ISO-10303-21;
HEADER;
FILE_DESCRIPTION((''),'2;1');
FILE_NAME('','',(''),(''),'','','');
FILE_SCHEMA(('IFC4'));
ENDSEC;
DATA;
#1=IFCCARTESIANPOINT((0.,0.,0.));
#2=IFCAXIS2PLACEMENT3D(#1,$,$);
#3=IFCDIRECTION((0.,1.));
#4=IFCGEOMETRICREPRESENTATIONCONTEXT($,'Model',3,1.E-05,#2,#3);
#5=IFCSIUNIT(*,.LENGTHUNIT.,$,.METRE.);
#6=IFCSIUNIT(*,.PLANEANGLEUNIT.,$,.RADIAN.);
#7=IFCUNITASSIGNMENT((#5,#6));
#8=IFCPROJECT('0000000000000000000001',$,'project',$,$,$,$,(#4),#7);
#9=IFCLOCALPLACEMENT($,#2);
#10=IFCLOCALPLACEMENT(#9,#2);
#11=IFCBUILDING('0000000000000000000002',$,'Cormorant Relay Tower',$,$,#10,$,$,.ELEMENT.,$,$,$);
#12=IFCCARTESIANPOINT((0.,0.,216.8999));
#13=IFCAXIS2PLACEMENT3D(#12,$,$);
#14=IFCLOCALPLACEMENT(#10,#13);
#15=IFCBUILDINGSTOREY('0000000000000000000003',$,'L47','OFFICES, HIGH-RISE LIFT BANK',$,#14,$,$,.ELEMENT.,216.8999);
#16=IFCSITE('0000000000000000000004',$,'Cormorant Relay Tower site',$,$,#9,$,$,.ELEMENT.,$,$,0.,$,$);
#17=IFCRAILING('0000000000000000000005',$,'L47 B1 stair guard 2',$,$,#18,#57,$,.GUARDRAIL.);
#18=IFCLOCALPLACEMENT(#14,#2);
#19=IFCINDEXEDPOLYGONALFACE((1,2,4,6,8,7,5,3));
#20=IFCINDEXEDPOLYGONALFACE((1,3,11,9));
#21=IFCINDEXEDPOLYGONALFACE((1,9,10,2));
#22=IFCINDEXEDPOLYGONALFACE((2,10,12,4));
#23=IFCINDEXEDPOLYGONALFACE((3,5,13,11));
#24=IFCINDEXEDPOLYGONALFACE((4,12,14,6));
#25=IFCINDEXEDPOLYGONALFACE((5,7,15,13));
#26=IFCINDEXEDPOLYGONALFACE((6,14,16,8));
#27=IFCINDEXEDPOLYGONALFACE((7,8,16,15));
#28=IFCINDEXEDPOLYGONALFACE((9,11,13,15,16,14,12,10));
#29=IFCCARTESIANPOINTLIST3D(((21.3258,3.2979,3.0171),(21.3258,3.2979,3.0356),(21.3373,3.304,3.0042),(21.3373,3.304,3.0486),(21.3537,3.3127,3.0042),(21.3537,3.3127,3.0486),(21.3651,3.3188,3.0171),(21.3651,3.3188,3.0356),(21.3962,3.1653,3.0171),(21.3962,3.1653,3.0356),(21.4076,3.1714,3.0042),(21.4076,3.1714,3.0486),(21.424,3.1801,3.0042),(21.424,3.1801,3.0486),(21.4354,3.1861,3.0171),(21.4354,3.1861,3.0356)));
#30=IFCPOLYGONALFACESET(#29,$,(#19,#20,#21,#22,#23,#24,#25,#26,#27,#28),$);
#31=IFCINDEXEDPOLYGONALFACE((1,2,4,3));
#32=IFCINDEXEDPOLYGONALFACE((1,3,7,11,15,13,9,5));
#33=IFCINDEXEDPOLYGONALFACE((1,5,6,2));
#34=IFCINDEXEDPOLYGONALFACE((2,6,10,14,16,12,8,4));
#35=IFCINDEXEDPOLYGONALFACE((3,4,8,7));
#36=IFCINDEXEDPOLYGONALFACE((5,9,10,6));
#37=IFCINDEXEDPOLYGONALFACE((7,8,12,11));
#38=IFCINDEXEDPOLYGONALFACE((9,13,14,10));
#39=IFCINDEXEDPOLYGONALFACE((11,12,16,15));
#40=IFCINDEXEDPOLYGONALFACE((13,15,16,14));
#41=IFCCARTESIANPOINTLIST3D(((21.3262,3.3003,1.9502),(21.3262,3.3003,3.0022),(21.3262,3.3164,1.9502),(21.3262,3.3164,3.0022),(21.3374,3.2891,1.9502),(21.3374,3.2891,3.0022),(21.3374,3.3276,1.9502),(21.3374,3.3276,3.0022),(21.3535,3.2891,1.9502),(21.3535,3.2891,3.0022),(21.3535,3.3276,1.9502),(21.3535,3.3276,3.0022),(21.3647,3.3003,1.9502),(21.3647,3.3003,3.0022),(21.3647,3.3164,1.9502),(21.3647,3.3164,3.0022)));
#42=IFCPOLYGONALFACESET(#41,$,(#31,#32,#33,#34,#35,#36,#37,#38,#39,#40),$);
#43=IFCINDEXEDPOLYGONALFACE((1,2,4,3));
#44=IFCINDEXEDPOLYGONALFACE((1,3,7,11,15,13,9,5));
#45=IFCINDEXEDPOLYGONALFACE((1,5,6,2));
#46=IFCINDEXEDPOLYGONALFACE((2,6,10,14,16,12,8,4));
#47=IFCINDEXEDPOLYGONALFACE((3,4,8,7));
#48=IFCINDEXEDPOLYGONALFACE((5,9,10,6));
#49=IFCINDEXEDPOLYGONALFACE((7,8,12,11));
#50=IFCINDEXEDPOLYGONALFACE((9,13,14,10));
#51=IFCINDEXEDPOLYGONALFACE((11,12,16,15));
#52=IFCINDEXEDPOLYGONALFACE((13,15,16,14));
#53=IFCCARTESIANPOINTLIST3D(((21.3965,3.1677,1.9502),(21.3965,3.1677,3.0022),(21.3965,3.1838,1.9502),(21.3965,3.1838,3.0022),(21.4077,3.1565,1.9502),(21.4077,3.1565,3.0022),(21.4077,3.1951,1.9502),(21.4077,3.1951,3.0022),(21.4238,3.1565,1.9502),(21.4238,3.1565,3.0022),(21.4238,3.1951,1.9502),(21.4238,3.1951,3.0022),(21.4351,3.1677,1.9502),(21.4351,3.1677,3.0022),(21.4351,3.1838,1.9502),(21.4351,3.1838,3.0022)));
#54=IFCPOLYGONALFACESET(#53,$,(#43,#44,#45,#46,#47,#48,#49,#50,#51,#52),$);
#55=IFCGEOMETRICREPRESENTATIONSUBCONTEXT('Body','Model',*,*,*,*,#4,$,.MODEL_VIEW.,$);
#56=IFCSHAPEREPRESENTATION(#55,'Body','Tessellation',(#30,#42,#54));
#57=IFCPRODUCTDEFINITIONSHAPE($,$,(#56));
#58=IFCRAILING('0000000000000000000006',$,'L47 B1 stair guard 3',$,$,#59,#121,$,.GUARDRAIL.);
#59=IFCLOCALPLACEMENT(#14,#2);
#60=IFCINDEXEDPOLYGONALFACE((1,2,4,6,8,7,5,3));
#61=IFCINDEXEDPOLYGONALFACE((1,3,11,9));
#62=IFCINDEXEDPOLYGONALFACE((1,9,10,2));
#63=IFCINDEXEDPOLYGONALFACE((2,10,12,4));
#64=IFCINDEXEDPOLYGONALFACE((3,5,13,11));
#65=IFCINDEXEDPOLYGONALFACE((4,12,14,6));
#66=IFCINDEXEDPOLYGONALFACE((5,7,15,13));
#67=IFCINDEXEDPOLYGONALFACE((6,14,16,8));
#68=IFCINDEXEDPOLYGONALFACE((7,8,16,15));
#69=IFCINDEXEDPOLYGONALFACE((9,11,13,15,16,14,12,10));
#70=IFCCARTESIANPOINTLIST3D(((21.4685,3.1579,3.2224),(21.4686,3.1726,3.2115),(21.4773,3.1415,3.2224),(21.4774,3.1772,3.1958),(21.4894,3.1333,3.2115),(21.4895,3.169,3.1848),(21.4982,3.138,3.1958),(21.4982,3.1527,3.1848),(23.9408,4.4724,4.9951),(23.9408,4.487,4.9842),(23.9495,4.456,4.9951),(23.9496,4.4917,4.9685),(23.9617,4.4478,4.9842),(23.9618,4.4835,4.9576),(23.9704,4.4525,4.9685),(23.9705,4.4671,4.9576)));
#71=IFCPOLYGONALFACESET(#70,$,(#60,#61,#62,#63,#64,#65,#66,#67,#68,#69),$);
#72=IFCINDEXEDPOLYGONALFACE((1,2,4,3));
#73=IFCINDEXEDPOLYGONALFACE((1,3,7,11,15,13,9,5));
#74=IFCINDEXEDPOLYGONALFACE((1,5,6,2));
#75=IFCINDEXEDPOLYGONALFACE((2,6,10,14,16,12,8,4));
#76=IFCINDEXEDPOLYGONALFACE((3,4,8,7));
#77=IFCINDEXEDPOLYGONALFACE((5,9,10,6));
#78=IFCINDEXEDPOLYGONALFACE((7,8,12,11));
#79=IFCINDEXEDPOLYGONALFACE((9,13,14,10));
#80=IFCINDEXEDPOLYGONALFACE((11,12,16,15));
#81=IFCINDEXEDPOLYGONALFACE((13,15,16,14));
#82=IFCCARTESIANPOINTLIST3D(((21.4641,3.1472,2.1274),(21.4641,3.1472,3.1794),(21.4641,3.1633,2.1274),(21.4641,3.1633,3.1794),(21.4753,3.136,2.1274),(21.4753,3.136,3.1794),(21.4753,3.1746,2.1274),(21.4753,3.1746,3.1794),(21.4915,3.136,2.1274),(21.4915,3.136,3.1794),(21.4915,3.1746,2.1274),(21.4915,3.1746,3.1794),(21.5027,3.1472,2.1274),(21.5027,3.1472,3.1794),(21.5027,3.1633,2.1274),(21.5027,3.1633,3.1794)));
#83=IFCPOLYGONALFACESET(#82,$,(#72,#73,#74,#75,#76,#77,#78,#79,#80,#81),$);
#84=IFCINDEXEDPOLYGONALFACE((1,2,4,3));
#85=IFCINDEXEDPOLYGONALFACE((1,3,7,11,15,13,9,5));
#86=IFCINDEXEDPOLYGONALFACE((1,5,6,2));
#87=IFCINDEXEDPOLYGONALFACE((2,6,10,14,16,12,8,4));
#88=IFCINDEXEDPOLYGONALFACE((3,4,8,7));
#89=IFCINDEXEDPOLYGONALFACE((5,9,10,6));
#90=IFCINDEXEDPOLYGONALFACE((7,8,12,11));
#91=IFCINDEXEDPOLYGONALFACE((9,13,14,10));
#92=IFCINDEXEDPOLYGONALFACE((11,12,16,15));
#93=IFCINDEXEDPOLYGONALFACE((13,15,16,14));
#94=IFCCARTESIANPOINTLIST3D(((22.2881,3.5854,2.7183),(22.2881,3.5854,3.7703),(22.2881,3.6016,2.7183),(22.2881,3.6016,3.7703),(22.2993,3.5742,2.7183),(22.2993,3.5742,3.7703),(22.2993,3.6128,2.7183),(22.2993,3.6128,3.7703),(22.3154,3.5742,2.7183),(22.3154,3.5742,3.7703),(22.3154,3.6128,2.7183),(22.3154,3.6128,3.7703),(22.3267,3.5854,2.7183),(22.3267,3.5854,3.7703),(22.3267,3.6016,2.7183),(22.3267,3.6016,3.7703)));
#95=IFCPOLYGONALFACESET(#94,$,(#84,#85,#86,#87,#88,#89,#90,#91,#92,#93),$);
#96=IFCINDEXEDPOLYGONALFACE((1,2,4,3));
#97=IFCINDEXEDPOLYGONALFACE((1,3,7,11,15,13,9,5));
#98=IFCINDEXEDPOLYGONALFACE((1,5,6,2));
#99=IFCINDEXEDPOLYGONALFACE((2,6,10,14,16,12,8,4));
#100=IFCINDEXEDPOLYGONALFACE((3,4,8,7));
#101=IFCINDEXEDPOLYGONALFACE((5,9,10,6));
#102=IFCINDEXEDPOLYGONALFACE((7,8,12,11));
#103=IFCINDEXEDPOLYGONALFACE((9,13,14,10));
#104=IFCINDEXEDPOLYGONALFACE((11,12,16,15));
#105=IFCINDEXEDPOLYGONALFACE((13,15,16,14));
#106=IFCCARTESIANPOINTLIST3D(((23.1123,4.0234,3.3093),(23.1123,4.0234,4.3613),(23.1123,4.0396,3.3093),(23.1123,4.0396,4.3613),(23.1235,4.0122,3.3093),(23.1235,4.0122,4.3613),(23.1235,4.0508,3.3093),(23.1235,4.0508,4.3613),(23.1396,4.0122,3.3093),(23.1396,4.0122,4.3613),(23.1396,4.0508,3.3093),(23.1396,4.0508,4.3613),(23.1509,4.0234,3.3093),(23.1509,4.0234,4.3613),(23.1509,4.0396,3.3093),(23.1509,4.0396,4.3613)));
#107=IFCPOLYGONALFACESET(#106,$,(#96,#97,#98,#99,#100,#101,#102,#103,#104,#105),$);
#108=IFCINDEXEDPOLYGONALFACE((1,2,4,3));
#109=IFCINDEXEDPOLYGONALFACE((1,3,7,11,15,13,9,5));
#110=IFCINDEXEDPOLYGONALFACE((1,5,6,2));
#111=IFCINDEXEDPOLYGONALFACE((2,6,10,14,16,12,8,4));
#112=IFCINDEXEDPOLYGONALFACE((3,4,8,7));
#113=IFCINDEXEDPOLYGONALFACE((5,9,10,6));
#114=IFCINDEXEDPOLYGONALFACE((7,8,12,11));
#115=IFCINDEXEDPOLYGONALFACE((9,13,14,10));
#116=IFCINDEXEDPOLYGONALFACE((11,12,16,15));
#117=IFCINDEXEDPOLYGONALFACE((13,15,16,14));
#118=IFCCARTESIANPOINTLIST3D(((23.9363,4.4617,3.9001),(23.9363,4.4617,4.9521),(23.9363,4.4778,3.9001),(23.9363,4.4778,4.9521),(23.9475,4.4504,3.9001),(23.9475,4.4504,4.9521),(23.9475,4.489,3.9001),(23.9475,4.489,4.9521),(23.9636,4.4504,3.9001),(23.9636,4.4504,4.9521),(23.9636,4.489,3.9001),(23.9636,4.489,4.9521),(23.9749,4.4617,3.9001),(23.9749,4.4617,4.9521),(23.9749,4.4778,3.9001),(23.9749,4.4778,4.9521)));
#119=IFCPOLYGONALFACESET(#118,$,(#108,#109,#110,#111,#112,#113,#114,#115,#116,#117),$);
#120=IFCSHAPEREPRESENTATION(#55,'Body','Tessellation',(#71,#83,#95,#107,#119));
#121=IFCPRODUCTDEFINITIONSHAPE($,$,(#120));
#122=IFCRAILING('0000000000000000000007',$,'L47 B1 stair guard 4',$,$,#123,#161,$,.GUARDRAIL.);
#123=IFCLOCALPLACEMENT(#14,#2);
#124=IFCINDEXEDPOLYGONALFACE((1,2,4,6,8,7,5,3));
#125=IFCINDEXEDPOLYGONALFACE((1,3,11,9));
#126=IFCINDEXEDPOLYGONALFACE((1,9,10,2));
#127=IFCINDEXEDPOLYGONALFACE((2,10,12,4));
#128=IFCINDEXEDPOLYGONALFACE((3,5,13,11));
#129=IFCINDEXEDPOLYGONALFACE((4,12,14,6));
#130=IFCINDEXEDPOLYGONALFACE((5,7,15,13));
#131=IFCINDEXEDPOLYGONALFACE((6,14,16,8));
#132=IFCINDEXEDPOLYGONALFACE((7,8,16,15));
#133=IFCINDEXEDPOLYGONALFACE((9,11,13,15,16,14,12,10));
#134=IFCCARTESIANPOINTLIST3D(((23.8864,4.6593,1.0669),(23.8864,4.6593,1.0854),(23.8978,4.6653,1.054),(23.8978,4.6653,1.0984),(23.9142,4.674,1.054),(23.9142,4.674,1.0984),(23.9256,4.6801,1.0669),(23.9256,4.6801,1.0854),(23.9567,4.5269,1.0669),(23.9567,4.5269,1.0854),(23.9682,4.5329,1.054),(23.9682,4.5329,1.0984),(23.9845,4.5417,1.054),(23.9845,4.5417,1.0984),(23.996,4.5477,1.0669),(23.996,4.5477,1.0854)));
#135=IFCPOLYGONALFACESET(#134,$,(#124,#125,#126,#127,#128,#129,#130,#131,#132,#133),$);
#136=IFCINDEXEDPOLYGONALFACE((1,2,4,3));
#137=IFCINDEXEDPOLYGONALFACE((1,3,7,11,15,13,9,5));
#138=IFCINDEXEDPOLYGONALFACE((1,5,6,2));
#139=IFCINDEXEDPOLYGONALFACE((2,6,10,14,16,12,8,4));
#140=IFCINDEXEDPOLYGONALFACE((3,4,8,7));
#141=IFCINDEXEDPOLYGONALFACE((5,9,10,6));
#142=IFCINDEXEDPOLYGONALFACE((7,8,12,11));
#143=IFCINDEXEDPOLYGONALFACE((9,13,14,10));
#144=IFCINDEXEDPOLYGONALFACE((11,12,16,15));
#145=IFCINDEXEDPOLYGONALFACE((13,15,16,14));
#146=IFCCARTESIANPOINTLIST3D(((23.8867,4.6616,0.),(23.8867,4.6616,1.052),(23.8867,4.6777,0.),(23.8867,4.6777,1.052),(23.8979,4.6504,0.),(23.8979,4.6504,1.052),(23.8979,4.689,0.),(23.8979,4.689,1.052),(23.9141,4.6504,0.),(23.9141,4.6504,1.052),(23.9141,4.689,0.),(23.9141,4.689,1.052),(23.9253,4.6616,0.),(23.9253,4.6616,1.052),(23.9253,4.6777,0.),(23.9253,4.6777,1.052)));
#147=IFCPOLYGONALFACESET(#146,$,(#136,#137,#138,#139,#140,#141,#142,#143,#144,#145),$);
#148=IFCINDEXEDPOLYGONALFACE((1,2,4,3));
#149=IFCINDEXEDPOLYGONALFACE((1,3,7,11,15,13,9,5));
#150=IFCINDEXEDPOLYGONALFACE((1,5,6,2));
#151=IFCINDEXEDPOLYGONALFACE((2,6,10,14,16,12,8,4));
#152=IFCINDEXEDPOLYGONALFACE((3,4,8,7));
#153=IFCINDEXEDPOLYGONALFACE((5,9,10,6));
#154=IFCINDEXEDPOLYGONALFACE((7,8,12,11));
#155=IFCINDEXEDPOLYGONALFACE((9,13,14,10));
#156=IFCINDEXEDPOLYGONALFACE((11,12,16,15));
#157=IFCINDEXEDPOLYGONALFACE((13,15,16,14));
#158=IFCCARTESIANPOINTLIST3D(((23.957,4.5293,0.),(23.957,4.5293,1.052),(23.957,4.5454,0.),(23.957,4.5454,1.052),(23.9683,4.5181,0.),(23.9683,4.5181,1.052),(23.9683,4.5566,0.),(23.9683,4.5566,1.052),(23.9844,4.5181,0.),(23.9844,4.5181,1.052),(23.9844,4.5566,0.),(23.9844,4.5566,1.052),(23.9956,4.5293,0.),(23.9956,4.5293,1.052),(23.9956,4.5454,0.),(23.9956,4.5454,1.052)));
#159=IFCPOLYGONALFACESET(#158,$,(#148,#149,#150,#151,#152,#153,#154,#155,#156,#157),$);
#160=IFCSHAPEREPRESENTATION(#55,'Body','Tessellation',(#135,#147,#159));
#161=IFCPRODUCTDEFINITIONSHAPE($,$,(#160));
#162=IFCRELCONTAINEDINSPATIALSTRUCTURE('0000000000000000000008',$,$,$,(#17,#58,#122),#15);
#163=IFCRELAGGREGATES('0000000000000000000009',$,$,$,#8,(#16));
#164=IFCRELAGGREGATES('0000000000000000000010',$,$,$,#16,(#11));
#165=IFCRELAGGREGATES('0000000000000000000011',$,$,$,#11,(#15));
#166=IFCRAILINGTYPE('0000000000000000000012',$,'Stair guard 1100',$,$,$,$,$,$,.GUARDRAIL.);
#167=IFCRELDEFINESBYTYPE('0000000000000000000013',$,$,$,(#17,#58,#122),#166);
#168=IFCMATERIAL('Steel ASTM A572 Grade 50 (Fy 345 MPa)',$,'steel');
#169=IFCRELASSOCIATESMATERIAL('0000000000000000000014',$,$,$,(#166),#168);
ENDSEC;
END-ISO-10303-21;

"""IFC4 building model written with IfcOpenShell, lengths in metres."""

from ifc_helpers import new_model, si_unit, direction, frame, origin, place, context, subcontext, project, spatial, polyline, outline, extrude, material, type_object, element, save


model = new_model("IFC4")

# Units and contexts
model_context = context("Model", 3, precision=1e-05, world=origin(), true_north=direction((0.0, 1.0)))
body_context = subcontext(model_context, "Body", "Model", "MODEL_VIEW")
ifc_project = project(units=[si_unit("LENGTHUNIT", "METRE"), si_unit("PLANEANGLEUNIT", "RADIAN")], contexts=[model_context])

# Site, building, storey
site_placement = place(None, origin())
site = spatial("IfcSite", under=ifc_project, at=site_placement, Name="Cormorant Relay Tower site", CompositionType="ELEMENT", RefElevation=0.0)
building_placement = place(site_placement, origin())
building = spatial("IfcBuilding", under=site, at=building_placement, Name="Cormorant Relay Tower", CompositionType="ELEMENT")
storey_placement = place(building_placement, frame((0.0, 0.0, 216.8999)))
storey = spatial("IfcBuildingStorey", under=building, at=storey_placement, Name="L47", Description="OFFICES, HIGH-RISE LIFT BANK", CompositionType="ELEMENT", Elevation=216.8999)

# Railings
ifc_material_1 = material(Name="Steel ASTM A572 Grade 50 (Fy 345 MPa)", Category="steel")
railing_type_1 = type_object("IfcRailingType", Name="Stair guard 1100", PredefinedType="GUARDRAIL", material=ifc_material_1)
railing_1_placement = place(storey_placement, frame((21.3455, 3.3083, 1.9502)))
element("IfcRailing", 1, at=railing_1_placement, inside=storey, type_object=railing_type_1, Name="L47 B1 stair guard 2", PredefinedType="GUARDRAIL", context=body_context, shape_type="SweptSolid", body=[
    extrude(outline(polyline([(0.0222, 0.0093), (0.0093, 0.0222), (-0.0093, 0.0222), (-0.0222, 0.0093), (-0.0222, -0.0093), (-0.0093, -0.0222), (0.0093, -0.0222), (0.0222, -0.0093), (0.0222, 0.0093)])), frame((0.0, 0.0, 1.0762), z_axis=(0.46856, -0.883431, 0.0), x_axis=(0.883431, 0.46856, 0.0)), (0.0, 0.0, 1.0), 0.1501),
    extrude(outline(polyline([(0.0193, 0.0081), (0.0081, 0.0193), (-0.0081, 0.0193), (-0.0193, 0.0081), (-0.0193, -0.0081), (-0.0081, -0.0193), (0.0081, -0.0193), (0.0193, -0.0081), (0.0193, 0.0081)])), origin(), (0.0, 0.0, 1.0), 1.052),
    extrude(outline(polyline([(0.0193, 0.0081), (0.0081, 0.0193), (-0.0081, 0.0193), (-0.0193, 0.0081), (-0.0193, -0.0081), (-0.0081, -0.0193), (0.0081, -0.0193), (0.0193, -0.0081), (0.0193, 0.0081)])), frame((0.0703, -0.1326, 0.0)), (0.0, 0.0, 1.0), 1.052),
])
railing_2_placement = place(storey_placement, frame((21.4834, 3.1553, 2.1274)))
element("IfcRailing", 2, at=railing_2_placement, inside=storey, type_object=railing_type_1, Name="L47 B1 stair guard 3", PredefinedType="GUARDRAIL", context=body_context, shape_type="SweptSolid", body=[
    extrude(outline(polyline([(0.0222, 0.0093), (0.0093, 0.0222), (-0.0093, 0.0222), (-0.0222, 0.0093), (-0.0222, -0.0093), (-0.0093, -0.0222), (0.0093, -0.0222), (0.0222, -0.0093), (0.0222, 0.0093)])), frame((0.0, 0.0, 1.0762), z_axis=(0.746001, 0.396649, 0.534931), x_axis=(-0.469465, 0.882951, 0.0)), (0.0, 0.0, 1.0), 3.314),
    extrude(outline(polyline([(0.0193, 0.0081), (0.0081, 0.0193), (-0.0081, 0.0193), (-0.0193, 0.0081), (-0.0193, -0.0081), (-0.0081, -0.0193), (0.0081, -0.0193), (0.0193, -0.0081), (0.0193, 0.0081)])), origin(), (0.0, 0.0, 1.0), 1.052),
    extrude(outline(polyline([(0.0193, 0.0081), (0.0081, 0.0193), (-0.0081, 0.0193), (-0.0193, 0.0081), (-0.0193, -0.0081), (-0.0081, -0.0193), (0.0081, -0.0193), (0.0193, -0.0081), (0.0193, 0.0081)])), frame((0.824, 0.4382, 0.5908)), (0.0, 0.0, 1.0), 1.052),
    extrude(outline(polyline([(0.0193, 0.0081), (0.0081, 0.0193), (-0.0081, 0.0193), (-0.0193, 0.0081), (-0.0193, -0.0081), (-0.0081, -0.0193), (0.0081, -0.0193), (0.0193, -0.0081), (0.0193, 0.0081)])), frame((1.6482, 0.8762, 1.1819)), (0.0, 0.0, 1.0), 1.052),
    extrude(outline(polyline([(0.0193, 0.0081), (0.0081, 0.0193), (-0.0081, 0.0193), (-0.0193, 0.0081), (-0.0193, -0.0081), (-0.0081, -0.0193), (0.0081, -0.0193), (0.0193, -0.0081), (0.0193, 0.0081)])), frame((2.4722, 1.3145, 1.7727)), (0.0, 0.0, 1.0), 1.052),
])
railing_3_placement = place(storey_placement, frame((23.906, 4.6697, 0.0)))
element("IfcRailing", 3, at=railing_3_placement, inside=storey, type_object=railing_type_1, Name="L47 B1 stair guard 4", PredefinedType="GUARDRAIL", context=body_context, shape_type="SweptSolid", body=[
    extrude(outline(polyline([(0.0222, 0.0093), (0.0093, 0.0222), (-0.0093, 0.0222), (-0.0222, 0.0093), (-0.0222, -0.0093), (-0.0093, -0.0222), (0.0093, -0.0222), (0.0222, -0.0093), (0.0222, 0.0093)])), frame((0.0, 0.0, 1.0762), z_axis=(0.469235, -0.883074, 0.0), x_axis=(0.883074, 0.469235, 0.0)), (0.0, 0.0, 1.0), 0.1499),
    extrude(outline(polyline([(0.0193, 0.0081), (0.0081, 0.0193), (-0.0081, 0.0193), (-0.0193, 0.0081), (-0.0193, -0.0081), (-0.0081, -0.0193), (0.0081, -0.0193), (0.0193, -0.0081), (0.0193, 0.0081)])), origin(), (0.0, 0.0, 1.0), 1.052),
    extrude(outline(polyline([(0.0193, 0.0081), (0.0081, 0.0193), (-0.0081, 0.0193), (-0.0193, 0.0081), (-0.0193, -0.0081), (-0.0081, -0.0193), (0.0081, -0.0193), (0.0193, -0.0081), (0.0193, 0.0081)])), frame((0.0703, -0.1323, 0.0)), (0.0, 0.0, 1.0), 1.052),
])

save(model, "model.ifc")
